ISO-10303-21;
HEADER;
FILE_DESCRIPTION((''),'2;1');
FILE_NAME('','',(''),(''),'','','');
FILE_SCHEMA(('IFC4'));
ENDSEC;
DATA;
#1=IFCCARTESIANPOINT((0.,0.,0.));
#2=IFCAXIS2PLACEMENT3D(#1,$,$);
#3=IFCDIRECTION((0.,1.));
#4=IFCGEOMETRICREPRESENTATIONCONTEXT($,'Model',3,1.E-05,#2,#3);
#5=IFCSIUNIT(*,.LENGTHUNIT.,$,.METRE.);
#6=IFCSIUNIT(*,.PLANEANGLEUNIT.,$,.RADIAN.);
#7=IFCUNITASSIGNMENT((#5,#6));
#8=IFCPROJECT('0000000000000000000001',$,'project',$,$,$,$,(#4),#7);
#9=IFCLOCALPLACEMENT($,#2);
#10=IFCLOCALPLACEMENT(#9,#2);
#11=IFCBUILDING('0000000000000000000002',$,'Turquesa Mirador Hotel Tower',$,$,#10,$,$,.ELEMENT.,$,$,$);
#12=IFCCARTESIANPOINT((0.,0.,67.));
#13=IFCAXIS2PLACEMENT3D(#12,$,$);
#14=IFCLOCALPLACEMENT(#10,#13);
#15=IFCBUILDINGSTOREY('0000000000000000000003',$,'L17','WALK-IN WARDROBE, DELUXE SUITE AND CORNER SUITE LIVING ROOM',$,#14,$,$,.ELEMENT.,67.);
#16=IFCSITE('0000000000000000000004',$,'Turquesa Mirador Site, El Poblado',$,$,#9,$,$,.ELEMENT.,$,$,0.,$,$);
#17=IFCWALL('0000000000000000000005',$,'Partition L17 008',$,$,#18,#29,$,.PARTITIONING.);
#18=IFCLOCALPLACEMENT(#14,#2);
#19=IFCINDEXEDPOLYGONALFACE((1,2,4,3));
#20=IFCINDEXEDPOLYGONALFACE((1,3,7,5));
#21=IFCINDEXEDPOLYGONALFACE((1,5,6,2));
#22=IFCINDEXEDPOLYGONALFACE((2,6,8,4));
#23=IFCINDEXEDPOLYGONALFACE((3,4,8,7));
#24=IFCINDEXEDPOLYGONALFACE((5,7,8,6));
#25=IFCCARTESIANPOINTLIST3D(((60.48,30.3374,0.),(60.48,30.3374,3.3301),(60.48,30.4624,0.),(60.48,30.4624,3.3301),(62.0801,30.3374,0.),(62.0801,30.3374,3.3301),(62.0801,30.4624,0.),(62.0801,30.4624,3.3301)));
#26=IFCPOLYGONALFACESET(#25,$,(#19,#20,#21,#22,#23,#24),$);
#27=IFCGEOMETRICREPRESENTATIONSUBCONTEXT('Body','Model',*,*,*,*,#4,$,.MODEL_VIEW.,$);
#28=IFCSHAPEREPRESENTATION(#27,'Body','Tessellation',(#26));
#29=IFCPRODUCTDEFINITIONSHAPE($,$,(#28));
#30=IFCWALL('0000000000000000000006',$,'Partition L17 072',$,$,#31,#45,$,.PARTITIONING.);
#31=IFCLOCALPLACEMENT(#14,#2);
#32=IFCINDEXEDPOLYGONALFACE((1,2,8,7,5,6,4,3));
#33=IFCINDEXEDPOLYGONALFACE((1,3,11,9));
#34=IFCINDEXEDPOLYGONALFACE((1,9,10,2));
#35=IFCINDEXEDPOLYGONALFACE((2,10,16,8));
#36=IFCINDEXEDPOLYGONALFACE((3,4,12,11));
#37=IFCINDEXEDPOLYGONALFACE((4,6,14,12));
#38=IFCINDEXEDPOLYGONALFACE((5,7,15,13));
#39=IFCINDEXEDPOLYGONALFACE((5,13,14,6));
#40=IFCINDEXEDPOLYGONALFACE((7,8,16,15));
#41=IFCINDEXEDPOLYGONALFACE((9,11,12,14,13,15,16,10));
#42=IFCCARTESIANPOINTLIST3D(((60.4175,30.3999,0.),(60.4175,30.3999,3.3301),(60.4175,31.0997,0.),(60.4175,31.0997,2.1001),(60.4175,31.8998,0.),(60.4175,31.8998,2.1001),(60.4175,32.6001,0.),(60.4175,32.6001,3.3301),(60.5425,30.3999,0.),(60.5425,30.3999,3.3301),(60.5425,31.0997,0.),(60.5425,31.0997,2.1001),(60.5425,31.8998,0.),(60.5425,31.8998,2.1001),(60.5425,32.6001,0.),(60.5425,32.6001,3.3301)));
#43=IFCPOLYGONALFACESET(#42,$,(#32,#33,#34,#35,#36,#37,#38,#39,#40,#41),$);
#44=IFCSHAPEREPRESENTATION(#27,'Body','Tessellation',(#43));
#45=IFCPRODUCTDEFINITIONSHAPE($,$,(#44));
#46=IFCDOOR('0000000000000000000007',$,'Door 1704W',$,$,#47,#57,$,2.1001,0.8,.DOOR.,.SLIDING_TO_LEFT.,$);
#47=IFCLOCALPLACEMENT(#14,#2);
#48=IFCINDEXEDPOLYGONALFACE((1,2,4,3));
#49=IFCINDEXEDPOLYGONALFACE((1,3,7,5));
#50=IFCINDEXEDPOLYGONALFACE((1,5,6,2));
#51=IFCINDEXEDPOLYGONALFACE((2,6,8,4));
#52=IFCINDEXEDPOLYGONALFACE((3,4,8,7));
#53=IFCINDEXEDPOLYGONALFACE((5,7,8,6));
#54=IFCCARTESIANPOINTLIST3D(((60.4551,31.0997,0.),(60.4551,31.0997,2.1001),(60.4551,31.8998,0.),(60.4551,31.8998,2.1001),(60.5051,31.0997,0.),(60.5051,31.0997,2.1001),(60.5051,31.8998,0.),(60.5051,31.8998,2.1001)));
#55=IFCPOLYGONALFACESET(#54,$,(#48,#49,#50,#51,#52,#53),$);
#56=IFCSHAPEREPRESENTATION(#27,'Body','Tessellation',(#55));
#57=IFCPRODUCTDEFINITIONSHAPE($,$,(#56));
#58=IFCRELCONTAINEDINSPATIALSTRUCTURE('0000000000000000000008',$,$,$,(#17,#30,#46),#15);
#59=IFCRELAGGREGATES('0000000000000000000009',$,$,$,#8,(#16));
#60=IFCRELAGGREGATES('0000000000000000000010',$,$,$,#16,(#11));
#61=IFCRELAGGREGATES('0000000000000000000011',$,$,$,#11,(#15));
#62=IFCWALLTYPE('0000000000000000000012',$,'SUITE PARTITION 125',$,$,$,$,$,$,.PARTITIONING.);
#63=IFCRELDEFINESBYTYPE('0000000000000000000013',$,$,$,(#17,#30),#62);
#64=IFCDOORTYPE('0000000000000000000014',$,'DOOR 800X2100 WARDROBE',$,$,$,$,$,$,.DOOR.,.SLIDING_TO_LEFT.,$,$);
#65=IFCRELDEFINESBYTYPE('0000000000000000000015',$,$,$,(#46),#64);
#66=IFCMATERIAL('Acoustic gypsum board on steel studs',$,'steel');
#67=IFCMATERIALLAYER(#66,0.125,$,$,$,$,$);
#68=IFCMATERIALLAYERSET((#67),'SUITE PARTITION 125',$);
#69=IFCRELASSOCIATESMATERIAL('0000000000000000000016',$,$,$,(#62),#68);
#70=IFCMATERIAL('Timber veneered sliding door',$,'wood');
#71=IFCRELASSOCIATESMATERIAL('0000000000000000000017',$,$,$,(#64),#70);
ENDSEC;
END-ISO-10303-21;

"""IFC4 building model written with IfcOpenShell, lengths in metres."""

from ifc_helpers import new_model, si_unit, direction, frame, frame_2d, origin, place, context, subcontext, project, spatial, rectangle, extrude, material, layer, layer_set, type_object, element, fill, save


model = new_model("IFC4")

# Units and contexts
model_context = context("Model", 3, precision=1e-05, world=origin(), true_north=direction((0.0, 1.0)))
body_context = subcontext(model_context, "Body", "Model", "MODEL_VIEW")
ifc_project = project(units=[si_unit("LENGTHUNIT", "METRE"), si_unit("PLANEANGLEUNIT", "RADIAN")], contexts=[model_context])

# Site, building, storey
site_placement = place(None, origin())
site = spatial("IfcSite", under=ifc_project, at=site_placement, Name="Turquesa Mirador Site, El Poblado", CompositionType="ELEMENT", RefElevation=0.0)
building_placement = place(site_placement, origin())
building = spatial("IfcBuilding", under=site, at=building_placement, Name="Turquesa Mirador Hotel Tower", CompositionType="ELEMENT")
storey_placement = place(building_placement, frame((0.0, 0.0, 67.0)))
storey = spatial("IfcBuildingStorey", under=building, at=storey_placement, Name="L17", Description="WALK-IN WARDROBE, DELUXE SUITE AND CORNER SUITE LIVING ROOM", CompositionType="ELEMENT", Elevation=67.0)

# Wall
ifc_material_1 = material(Name="Acoustic gypsum board on steel studs", Category="steel")
ifc_layer_1 = layer(ifc_material_1, 0.125)
ifc_layer_set_1 = layer_set([ifc_layer_1], Name="SUITE PARTITION 125")
wall_type_1 = type_object("IfcWallType", Name="SUITE PARTITION 125", PredefinedType="PARTITIONING", material=ifc_layer_set_1)
wall_1_placement = place(storey_placement, frame((60.48, 30.3999, 0.0), z_axis=(0.0, 0.0, 1.0), x_axis=(1.0, 0.0, 0.0)))
element("IfcWall", 1, at=wall_1_placement, inside=storey, type_object=wall_type_1, Name="Partition L17 008", PredefinedType="PARTITIONING", context=body_context, shape_type="SweptSolid", body=[
    extrude(rectangle(XDim=1.6001, YDim=0.125, at=frame_2d((0.8, 0.0))), origin(), (0.0, 0.0, 1.0), 3.3301),
])

# Wall, opening, door
wall_2_placement = place(storey_placement, frame((60.48, 30.3999, 0.0), z_axis=(0.0, 0.0, 1.0), x_axis=(0.0, 1.0, 0.0)))
wall_2 = element("IfcWall", 2, at=wall_2_placement, inside=storey, type_object=wall_type_1, Name="Partition L17 072", PredefinedType="PARTITIONING", context=body_context, shape_type="SweptSolid", body=[
    extrude(rectangle(XDim=2.2002, YDim=0.125, at=frame_2d((1.1001, 0.0))), origin(), (0.0, 0.0, 1.0), 3.3301),
])
opening_1_placement = place(wall_2_placement, frame((0.7, 0.0, 0.0)))
opening_1 = element("IfcOpeningElement", 3, at=opening_1_placement, cuts=wall_2, PredefinedType="OPENING", context=body_context, shape_type="SweptSolid", body=[
    extrude(rectangle(XDim=0.8, YDim=2.1001, at=frame_2d((0.3999, 1.05))), frame((0.0, 0.0725, 0.0), z_axis=(0.0, -1.0, 0.0), x_axis=(1.0, 0.0, 0.0)), (0.0, 0.0, 1.0), 0.145),
])
ifc_material_2 = material(Name="Timber veneered sliding door", Category="wood")
door_type_1 = type_object("IfcDoorType", Name="DOOR 800X2100 WARDROBE", OperationType="SLIDING_TO_LEFT", PredefinedType="DOOR", material=ifc_material_2)
door_1_placement = place(opening_1_placement, origin())
door_1 = element("IfcDoor", 4, at=door_1_placement, inside=storey, type_object=door_type_1, Name="Door 1704W", OperationType="SLIDING_TO_LEFT", OverallHeight=2.1001, OverallWidth=0.8, PredefinedType="DOOR", context=body_context, shape_type="SweptSolid", body=[
    extrude(rectangle(XDim=0.8, YDim=2.1001, at=frame_2d((0.3999, 1.05))), frame((0.0, 0.0249, 0.0), z_axis=(0.0, -1.0, 0.0), x_axis=(1.0, 0.0, 0.0)), (0.0, 0.0, 1.0), 0.05),
])
fill(opening_1, door_1)

save(model, "model.ifc")
